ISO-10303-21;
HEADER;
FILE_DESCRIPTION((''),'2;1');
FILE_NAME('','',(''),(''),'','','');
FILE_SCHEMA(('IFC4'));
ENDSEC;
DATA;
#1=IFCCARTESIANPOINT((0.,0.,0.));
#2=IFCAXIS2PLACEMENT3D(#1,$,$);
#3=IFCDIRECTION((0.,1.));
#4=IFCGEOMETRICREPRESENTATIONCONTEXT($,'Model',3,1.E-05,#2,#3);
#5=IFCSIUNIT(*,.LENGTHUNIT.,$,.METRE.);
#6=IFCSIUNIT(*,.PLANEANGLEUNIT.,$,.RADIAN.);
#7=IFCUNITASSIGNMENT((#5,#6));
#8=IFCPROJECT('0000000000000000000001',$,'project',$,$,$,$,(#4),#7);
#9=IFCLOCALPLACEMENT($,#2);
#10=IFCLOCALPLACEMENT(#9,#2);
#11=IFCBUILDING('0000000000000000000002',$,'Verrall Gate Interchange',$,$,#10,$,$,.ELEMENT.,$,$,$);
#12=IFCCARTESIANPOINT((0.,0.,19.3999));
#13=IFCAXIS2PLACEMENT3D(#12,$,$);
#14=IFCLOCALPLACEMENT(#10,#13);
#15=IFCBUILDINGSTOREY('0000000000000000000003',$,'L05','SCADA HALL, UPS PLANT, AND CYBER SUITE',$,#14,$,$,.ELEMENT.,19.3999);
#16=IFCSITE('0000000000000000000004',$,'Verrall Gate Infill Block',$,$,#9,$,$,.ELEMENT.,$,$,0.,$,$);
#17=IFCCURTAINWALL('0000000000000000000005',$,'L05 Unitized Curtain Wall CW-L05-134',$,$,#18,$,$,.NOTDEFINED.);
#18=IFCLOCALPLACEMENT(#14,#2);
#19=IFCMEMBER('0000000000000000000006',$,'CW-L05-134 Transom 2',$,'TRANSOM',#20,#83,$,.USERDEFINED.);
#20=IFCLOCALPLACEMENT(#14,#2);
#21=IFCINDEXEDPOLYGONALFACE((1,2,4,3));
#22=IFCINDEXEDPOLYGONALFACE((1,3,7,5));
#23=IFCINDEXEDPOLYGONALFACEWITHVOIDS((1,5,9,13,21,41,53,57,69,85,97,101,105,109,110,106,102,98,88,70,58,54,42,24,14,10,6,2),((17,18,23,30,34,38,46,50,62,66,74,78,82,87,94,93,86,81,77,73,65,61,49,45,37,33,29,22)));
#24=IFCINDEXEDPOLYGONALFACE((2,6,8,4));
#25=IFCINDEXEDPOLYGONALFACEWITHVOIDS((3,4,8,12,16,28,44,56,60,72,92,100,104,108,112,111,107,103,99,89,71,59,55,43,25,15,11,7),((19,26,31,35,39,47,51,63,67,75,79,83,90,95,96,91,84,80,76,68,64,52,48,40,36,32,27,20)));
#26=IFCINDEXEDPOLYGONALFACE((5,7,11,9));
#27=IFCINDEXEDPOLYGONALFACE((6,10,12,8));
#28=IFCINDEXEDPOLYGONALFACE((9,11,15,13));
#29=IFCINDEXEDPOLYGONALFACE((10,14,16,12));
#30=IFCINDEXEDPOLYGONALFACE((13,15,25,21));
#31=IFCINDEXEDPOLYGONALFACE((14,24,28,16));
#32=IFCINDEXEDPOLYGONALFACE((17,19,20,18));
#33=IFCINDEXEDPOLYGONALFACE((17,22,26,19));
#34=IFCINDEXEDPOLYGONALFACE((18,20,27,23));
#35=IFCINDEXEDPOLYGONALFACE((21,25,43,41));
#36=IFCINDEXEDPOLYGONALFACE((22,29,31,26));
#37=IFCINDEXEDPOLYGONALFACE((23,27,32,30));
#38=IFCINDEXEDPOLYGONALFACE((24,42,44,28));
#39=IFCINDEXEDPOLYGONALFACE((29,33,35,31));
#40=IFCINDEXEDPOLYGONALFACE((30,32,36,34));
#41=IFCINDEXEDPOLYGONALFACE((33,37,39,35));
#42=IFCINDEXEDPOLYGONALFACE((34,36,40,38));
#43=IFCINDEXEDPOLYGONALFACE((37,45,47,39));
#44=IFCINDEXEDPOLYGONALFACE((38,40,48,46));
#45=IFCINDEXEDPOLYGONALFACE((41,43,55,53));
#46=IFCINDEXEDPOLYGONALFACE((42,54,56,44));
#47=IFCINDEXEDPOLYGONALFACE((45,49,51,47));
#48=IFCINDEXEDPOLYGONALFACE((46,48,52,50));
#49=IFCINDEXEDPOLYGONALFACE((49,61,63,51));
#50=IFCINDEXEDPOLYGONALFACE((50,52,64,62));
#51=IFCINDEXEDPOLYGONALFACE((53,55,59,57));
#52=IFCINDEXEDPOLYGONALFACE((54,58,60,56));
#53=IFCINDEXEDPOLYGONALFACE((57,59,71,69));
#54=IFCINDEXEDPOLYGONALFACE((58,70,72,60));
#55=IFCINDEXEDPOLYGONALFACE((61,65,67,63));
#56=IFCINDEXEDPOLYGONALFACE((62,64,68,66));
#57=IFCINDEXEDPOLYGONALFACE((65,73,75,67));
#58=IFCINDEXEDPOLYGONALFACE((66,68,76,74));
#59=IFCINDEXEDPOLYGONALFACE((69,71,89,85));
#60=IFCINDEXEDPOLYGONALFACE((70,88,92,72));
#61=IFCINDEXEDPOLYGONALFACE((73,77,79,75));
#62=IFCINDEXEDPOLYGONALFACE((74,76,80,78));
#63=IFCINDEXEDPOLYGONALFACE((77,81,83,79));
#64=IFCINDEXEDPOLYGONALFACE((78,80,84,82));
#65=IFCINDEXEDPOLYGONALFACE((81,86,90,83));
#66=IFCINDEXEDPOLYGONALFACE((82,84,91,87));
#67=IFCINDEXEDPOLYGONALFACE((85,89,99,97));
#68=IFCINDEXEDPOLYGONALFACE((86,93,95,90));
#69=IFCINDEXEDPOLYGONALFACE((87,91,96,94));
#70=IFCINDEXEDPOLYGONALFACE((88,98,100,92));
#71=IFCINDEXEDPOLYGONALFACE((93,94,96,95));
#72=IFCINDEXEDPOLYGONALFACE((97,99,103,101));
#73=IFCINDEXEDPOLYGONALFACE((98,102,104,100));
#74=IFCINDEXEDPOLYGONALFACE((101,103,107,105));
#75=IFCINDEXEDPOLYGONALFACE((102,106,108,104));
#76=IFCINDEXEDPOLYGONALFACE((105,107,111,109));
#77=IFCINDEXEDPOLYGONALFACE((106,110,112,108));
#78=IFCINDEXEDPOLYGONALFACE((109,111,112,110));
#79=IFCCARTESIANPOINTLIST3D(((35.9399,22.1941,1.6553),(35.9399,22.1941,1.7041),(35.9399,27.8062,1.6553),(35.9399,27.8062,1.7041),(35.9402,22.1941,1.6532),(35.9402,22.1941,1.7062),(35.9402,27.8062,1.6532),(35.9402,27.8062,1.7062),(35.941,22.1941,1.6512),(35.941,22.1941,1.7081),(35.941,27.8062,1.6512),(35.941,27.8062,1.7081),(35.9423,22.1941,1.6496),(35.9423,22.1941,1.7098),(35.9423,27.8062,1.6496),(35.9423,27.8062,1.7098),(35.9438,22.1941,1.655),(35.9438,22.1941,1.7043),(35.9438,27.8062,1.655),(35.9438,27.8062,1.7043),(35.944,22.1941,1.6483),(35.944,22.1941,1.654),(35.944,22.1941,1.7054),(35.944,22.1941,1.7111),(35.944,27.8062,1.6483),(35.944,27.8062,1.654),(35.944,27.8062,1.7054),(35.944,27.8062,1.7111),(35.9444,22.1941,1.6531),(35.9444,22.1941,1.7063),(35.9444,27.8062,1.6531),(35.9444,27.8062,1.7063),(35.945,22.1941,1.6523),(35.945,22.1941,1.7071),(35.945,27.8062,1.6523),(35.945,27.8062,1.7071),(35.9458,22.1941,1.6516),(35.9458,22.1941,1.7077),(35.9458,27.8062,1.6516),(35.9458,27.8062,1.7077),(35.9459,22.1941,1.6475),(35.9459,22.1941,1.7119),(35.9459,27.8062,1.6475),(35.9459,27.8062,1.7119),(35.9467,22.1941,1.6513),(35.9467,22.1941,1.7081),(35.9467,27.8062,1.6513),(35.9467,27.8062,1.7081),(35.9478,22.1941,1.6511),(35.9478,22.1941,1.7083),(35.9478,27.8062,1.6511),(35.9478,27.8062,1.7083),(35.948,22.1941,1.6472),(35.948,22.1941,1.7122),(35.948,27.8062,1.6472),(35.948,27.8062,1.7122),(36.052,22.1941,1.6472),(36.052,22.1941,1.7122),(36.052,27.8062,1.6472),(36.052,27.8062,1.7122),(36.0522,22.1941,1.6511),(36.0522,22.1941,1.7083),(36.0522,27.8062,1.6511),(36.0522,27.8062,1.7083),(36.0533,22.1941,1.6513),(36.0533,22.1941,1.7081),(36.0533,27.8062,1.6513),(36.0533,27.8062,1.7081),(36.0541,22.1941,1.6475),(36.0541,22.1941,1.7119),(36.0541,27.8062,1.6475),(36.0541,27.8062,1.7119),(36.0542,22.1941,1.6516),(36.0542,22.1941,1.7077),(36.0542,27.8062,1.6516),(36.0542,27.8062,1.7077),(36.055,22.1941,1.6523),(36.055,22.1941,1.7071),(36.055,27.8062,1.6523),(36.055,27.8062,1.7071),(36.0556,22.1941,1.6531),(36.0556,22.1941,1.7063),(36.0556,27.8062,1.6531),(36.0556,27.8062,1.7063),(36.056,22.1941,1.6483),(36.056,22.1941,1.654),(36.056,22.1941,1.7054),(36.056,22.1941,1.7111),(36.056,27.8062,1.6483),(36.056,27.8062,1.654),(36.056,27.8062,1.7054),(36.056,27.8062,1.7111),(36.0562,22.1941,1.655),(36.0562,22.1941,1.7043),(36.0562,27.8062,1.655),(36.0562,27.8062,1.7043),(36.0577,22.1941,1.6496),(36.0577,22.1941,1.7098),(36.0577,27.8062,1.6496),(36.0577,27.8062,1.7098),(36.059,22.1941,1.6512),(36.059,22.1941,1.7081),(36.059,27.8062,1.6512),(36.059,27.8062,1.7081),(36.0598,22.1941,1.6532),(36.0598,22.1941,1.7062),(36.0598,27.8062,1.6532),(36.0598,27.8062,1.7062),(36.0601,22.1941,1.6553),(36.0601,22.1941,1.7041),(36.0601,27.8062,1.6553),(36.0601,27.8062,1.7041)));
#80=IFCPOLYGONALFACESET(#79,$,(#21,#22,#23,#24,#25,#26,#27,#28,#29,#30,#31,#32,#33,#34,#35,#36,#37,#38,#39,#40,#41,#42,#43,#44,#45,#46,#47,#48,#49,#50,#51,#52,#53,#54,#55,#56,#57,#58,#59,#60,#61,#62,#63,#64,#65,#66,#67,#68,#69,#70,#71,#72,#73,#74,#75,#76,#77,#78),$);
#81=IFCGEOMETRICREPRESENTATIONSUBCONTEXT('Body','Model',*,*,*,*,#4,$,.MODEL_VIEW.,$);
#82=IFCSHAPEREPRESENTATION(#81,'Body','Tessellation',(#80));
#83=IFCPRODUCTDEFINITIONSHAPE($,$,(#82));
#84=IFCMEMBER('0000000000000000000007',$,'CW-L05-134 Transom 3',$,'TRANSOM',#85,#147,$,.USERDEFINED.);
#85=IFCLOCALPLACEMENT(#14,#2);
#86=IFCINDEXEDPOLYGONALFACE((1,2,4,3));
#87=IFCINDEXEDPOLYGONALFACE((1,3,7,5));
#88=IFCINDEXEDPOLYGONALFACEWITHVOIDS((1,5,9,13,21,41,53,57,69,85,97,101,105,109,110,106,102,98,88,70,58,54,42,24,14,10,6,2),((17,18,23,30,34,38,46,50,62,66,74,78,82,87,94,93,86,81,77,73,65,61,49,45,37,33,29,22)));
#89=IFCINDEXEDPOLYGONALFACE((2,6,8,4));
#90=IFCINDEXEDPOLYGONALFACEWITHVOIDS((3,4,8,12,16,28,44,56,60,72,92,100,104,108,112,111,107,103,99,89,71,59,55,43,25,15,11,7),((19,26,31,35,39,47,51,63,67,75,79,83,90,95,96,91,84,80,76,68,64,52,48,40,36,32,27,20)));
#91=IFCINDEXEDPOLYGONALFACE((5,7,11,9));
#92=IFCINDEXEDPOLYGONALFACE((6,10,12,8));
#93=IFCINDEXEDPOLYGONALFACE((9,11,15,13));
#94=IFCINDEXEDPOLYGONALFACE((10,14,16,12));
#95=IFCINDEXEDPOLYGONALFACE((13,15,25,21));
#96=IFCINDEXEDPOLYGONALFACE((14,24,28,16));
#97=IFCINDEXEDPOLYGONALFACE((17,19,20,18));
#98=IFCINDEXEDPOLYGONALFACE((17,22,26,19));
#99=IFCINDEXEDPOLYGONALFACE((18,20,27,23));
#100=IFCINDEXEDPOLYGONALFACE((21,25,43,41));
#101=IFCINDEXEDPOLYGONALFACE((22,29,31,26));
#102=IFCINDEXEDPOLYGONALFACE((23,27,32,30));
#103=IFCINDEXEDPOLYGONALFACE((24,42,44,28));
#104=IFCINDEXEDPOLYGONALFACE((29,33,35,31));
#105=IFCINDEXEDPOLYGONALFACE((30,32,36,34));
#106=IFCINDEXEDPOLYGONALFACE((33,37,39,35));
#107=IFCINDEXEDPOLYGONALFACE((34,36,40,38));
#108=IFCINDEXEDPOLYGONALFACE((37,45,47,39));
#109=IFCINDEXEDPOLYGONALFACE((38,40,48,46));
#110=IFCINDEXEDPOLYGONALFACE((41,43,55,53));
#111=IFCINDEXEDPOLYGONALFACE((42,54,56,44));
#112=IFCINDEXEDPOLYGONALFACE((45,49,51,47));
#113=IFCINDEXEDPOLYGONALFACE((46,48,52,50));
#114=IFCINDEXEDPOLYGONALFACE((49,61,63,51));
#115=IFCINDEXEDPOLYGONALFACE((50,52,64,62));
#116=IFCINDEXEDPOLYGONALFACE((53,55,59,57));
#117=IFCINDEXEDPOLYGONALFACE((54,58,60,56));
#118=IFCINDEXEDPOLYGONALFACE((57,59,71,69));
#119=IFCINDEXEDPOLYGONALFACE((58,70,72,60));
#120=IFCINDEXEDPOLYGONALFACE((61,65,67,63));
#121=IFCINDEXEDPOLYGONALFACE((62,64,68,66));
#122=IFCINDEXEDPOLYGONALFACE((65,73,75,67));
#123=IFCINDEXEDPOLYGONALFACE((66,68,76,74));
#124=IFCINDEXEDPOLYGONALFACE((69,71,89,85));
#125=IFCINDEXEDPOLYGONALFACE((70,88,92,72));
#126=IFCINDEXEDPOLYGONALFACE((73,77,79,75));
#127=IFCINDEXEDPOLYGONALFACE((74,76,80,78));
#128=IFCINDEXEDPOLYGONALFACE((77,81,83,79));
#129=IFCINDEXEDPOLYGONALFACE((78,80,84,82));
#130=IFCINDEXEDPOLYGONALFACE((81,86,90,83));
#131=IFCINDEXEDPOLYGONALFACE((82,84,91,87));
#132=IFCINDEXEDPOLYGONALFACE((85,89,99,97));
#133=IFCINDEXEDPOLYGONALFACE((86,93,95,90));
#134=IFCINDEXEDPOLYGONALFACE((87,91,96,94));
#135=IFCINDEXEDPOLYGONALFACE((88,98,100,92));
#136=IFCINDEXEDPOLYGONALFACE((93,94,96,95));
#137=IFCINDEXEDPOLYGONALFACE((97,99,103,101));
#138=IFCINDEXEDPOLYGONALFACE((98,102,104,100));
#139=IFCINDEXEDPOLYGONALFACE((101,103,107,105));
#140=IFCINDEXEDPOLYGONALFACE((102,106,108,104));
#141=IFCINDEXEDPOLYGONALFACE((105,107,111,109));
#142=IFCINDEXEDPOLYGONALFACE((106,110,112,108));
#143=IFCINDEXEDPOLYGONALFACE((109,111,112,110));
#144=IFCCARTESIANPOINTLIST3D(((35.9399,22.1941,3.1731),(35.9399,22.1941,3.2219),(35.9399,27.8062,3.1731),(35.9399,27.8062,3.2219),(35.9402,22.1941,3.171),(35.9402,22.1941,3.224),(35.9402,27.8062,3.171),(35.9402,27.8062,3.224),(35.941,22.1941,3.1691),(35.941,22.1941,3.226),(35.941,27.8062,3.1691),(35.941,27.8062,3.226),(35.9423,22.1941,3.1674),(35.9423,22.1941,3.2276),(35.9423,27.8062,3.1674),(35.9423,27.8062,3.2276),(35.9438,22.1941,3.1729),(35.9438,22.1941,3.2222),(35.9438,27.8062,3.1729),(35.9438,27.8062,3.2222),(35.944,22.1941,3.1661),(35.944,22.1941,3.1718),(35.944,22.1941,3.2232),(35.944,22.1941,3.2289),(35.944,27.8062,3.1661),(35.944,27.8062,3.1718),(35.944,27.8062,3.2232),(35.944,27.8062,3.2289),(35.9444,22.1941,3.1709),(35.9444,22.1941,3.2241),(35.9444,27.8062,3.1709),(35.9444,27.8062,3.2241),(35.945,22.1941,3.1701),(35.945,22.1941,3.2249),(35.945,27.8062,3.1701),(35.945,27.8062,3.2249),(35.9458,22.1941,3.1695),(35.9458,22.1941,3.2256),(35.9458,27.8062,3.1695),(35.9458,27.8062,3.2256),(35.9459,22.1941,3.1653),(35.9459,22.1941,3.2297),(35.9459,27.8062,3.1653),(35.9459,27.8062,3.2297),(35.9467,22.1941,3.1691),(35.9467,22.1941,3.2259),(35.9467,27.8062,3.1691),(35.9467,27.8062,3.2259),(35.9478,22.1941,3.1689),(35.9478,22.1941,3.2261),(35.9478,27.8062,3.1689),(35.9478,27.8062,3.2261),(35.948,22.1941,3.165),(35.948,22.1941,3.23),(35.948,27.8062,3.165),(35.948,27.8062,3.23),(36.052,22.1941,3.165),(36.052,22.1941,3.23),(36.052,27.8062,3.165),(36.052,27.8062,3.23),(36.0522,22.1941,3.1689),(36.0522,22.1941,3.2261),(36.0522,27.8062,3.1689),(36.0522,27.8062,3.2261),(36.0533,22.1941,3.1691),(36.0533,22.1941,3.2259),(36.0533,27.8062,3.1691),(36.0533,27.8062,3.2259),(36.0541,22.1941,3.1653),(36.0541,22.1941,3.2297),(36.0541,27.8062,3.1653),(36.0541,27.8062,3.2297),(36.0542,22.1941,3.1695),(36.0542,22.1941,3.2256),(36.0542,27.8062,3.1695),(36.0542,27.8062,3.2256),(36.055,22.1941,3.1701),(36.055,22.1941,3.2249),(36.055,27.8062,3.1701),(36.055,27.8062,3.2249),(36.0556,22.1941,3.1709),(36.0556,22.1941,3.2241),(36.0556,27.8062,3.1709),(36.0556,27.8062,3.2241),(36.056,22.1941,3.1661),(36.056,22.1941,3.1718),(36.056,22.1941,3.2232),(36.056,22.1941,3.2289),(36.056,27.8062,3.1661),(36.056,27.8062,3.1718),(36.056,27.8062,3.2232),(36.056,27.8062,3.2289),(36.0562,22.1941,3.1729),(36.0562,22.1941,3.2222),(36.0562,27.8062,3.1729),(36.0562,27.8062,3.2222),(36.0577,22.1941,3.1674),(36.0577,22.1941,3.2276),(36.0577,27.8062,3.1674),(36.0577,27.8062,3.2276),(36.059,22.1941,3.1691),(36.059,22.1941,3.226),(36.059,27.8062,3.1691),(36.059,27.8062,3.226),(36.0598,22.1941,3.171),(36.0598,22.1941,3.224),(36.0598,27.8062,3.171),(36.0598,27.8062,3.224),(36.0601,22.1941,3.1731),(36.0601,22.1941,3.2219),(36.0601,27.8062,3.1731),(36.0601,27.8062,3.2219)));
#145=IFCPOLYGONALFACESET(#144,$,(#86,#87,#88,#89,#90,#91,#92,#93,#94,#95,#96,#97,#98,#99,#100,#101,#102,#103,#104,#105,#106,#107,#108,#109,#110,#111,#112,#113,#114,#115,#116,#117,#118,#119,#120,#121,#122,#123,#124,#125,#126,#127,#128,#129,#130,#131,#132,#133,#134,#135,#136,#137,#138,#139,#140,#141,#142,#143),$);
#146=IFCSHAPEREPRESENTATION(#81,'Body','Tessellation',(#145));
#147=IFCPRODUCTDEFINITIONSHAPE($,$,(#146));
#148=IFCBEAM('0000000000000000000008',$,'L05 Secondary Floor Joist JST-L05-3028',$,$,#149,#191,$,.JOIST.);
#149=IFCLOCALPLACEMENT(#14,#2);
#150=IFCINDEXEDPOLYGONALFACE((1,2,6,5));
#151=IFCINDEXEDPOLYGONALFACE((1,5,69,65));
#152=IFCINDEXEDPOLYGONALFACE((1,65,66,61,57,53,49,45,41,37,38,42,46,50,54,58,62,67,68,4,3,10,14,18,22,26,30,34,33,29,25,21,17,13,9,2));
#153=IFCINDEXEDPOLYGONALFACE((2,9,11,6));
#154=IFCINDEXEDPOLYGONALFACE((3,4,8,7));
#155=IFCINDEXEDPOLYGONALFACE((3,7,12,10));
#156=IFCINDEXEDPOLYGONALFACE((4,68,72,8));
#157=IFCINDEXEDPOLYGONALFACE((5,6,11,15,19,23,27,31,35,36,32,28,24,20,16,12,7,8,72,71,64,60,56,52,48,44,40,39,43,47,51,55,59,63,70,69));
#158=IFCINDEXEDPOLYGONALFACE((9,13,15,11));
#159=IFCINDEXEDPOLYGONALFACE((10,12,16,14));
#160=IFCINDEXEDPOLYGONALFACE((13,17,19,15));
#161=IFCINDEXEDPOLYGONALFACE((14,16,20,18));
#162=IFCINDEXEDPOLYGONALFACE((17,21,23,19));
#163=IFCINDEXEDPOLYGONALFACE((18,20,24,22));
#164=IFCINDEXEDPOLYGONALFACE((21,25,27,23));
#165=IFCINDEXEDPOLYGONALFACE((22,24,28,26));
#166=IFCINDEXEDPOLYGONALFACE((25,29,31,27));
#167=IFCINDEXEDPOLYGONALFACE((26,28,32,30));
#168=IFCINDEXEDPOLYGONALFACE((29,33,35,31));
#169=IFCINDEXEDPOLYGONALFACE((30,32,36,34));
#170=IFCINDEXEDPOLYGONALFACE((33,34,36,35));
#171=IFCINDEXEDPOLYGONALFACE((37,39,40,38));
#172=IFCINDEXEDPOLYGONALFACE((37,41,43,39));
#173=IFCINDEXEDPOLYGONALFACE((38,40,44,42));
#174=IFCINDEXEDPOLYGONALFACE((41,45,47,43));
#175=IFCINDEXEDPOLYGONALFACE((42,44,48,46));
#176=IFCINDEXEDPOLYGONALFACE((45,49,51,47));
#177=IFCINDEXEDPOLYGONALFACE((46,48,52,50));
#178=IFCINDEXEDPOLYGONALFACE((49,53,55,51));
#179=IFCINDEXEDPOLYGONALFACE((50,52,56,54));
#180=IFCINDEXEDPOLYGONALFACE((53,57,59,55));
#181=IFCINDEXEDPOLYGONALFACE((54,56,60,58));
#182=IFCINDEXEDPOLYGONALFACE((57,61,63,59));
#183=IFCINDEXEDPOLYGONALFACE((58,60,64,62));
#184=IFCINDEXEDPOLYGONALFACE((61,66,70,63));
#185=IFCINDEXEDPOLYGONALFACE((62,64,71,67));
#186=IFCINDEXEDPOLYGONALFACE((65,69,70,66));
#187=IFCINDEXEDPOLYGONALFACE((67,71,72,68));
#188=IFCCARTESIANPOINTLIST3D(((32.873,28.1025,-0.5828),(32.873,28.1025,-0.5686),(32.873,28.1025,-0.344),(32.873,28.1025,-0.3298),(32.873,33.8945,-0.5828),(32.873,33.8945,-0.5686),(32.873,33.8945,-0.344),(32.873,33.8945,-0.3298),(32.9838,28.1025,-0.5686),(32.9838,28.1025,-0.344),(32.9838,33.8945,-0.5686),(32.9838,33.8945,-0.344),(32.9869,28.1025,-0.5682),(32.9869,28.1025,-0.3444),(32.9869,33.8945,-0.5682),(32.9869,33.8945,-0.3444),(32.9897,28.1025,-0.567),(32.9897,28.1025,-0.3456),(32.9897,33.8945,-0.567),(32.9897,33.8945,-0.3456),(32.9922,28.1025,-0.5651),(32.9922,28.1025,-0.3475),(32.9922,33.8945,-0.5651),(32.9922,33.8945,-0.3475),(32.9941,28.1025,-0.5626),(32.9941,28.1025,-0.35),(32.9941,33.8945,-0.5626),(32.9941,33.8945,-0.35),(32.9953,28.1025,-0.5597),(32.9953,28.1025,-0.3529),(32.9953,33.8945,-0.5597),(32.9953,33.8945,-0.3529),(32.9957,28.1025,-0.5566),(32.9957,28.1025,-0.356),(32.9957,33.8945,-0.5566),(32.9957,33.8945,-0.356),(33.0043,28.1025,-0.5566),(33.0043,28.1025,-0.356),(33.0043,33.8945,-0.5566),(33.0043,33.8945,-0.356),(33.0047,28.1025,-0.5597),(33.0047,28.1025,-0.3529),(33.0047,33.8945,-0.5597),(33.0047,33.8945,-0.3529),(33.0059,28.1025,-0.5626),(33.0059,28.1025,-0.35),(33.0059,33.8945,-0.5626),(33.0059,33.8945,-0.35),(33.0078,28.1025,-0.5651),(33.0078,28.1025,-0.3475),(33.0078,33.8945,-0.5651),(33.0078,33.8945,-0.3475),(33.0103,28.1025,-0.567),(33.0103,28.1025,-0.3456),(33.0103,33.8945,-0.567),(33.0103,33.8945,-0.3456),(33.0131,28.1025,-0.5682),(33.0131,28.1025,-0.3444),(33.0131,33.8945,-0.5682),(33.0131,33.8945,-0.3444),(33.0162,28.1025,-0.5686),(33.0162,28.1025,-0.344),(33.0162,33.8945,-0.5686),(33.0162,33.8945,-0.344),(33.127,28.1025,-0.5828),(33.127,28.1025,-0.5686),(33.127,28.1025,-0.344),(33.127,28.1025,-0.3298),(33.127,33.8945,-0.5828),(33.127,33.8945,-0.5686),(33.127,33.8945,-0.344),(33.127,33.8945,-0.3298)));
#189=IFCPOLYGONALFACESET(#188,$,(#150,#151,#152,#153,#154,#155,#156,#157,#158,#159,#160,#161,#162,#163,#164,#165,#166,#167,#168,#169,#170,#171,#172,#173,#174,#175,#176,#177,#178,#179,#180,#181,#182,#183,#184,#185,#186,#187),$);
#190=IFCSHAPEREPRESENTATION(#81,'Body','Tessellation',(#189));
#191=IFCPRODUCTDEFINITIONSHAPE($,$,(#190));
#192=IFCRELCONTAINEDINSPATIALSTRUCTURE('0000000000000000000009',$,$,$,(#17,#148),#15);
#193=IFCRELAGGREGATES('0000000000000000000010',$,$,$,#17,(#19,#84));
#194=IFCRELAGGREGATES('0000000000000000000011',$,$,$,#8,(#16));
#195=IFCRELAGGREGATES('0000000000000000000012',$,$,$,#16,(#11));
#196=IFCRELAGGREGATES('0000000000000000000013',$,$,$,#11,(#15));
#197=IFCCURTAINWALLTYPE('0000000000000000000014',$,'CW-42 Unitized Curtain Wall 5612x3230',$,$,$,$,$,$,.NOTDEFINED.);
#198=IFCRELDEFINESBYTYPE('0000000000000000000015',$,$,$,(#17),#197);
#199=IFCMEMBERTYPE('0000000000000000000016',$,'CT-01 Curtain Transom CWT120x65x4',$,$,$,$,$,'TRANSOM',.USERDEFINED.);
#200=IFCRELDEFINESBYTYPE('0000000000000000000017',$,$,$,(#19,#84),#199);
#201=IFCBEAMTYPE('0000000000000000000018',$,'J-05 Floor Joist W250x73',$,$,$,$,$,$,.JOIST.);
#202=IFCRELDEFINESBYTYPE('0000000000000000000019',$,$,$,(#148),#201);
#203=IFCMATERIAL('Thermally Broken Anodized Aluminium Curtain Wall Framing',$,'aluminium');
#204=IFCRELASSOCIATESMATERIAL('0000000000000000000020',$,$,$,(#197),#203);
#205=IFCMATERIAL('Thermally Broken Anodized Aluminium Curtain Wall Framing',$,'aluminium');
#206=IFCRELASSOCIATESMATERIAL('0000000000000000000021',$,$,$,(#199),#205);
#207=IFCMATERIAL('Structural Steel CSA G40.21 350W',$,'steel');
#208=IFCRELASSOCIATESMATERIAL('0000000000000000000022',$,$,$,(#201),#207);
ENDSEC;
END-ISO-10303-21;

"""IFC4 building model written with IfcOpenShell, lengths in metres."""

from ifc_helpers import new_model, si_unit, direction, frame, origin, origin_2d, place, context, subcontext, project, spatial, hollow_rectangle, i_section, extrude, material, material_profile, profile_set, type_object, element, aggregate, save


model = new_model("IFC4")

# Units and contexts
model_context = context("Model", 3, precision=1e-05, world=origin(), true_north=direction((0.0, 1.0)))
body_context = subcontext(model_context, "Body", "Model", "MODEL_VIEW")
ifc_project = project(units=[si_unit("LENGTHUNIT", "METRE"), si_unit("PLANEANGLEUNIT", "RADIAN")], contexts=[model_context])

# Site, building, storey
site_placement = place(None, origin())
site = spatial("IfcSite", under=ifc_project, at=site_placement, Name="Verrall Gate Infill Block", CompositionType="ELEMENT", RefElevation=0.0)
building_placement = place(site_placement, origin())
building = spatial("IfcBuilding", under=site, at=building_placement, Name="Verrall Gate Interchange", CompositionType="ELEMENT")
storey_placement = place(building_placement, frame((0.0, 0.0, 19.3999)))
storey = spatial("IfcBuildingStorey", under=building, at=storey_placement, Name="L05", Description="SCADA HALL, UPS PLANT, AND CYBER SUITE", CompositionType="ELEMENT", Elevation=19.3999)

# Curtain wall, members
ifc_material_1 = material(Name="Thermally Broken Anodized Aluminium Curtain Wall Framing", Category="aluminium")
curtain_wall_type = type_object("IfcCurtainWallType", Name="CW-42 Unitized Curtain Wall 5612x3230", PredefinedType="NOTDEFINED", material=ifc_material_1)
curtain_wall_placement = place(storey_placement, origin())
curtain_wall = element("IfcCurtainWall", 1, at=curtain_wall_placement, inside=storey, type_object=curtain_wall_type, Name="L05 Unitized Curtain Wall CW-L05-134", PredefinedType="NOTDEFINED")
ifc_material_2 = material(Name="Thermally Broken Anodized Aluminium Curtain Wall Framing", Category="aluminium")
ifc_material_profile_1 = material_profile(ifc_material_2, hollow_rectangle(XDim=0.1201, YDim=0.0649, WallThickness=0.0039, InnerFilletRadius=0.0039, OuterFilletRadius=0.0081, at=origin_2d()), Name="CWT120x65x4")
ifc_profile_set_1 = profile_set([ifc_material_profile_1], Name="Thermally Broken Anodized Aluminium Curtain Wall Framing")
member_type_1 = type_object("IfcMemberType", Name="CT-01 Curtain Transom CWT120x65x4", ElementType="TRANSOM", PredefinedType="USERDEFINED", material=ifc_profile_set_1)
member_1_placement = place(storey_placement, frame((36.0, 22.1941, 1.6797), z_axis=(0.0, 1.0, 0.0), x_axis=(-1.0, 0.0, 0.0)))
member_1 = element("IfcMember", 2, at=member_1_placement, type_object=member_type_1, Name="CW-L05-134 Transom 2", ObjectType="TRANSOM", PredefinedType="USERDEFINED", context=body_context, shape_type="SweptSolid", body=[
    extrude(hollow_rectangle(XDim=0.1201, YDim=0.0649, WallThickness=0.0039, InnerFilletRadius=0.0039, OuterFilletRadius=0.0081, at=origin_2d()), origin(), (0.0, 0.0, 1.0), 5.6121),
])
member_2_placement = place(storey_placement, frame((36.0, 22.1941, 3.1975), z_axis=(0.0, 1.0, 0.0), x_axis=(-1.0, 0.0, 0.0)))
member_2 = element("IfcMember", 3, at=member_2_placement, type_object=member_type_1, Name="CW-L05-134 Transom 3", ObjectType="TRANSOM", PredefinedType="USERDEFINED", context=body_context, shape_type="SweptSolid", body=[
    extrude(hollow_rectangle(XDim=0.1201, YDim=0.0649, WallThickness=0.0039, InnerFilletRadius=0.0039, OuterFilletRadius=0.0081, at=origin_2d()), origin(), (0.0, 0.0, 1.0), 5.6121),
])

# Beam
ifc_material_3 = material(Name="Structural Steel CSA G40.21 350W", Category="steel")
ifc_material_profile_2 = material_profile(ifc_material_3, i_section(OverallWidth=0.2539, OverallDepth=0.2529, WebThickness=0.0085, FlangeThickness=0.0142, FilletRadius=0.012, at=origin_2d()), Name="W250x73")
ifc_profile_set_2 = profile_set([ifc_material_profile_2], Name="Structural Steel CSA G40.21 350W")
beam_type_1 = type_object("IfcBeamType", Name="J-05 Floor Joist W250x73", PredefinedType="JOIST", material=ifc_profile_set_2)
beam_1_placement = place(storey_placement, frame((33.0, 28.1025, -0.4563), z_axis=(0.0, 1.0, 0.0), x_axis=(-1.0, 0.0, 0.0)))
element("IfcBeam", 4, at=beam_1_placement, inside=storey, type_object=beam_type_1, Name="L05 Secondary Floor Joist JST-L05-3028", PredefinedType="JOIST", context=body_context, shape_type="SweptSolid", body=[
    extrude(i_section(OverallWidth=0.2539, OverallDepth=0.2529, WebThickness=0.0085, FlangeThickness=0.0142, FilletRadius=0.012, at=origin_2d()), origin(), (0.0, 0.0, 1.0), 5.792),
])

aggregate(curtain_wall, [member_1, member_2])

save(model, "model.ifc")
